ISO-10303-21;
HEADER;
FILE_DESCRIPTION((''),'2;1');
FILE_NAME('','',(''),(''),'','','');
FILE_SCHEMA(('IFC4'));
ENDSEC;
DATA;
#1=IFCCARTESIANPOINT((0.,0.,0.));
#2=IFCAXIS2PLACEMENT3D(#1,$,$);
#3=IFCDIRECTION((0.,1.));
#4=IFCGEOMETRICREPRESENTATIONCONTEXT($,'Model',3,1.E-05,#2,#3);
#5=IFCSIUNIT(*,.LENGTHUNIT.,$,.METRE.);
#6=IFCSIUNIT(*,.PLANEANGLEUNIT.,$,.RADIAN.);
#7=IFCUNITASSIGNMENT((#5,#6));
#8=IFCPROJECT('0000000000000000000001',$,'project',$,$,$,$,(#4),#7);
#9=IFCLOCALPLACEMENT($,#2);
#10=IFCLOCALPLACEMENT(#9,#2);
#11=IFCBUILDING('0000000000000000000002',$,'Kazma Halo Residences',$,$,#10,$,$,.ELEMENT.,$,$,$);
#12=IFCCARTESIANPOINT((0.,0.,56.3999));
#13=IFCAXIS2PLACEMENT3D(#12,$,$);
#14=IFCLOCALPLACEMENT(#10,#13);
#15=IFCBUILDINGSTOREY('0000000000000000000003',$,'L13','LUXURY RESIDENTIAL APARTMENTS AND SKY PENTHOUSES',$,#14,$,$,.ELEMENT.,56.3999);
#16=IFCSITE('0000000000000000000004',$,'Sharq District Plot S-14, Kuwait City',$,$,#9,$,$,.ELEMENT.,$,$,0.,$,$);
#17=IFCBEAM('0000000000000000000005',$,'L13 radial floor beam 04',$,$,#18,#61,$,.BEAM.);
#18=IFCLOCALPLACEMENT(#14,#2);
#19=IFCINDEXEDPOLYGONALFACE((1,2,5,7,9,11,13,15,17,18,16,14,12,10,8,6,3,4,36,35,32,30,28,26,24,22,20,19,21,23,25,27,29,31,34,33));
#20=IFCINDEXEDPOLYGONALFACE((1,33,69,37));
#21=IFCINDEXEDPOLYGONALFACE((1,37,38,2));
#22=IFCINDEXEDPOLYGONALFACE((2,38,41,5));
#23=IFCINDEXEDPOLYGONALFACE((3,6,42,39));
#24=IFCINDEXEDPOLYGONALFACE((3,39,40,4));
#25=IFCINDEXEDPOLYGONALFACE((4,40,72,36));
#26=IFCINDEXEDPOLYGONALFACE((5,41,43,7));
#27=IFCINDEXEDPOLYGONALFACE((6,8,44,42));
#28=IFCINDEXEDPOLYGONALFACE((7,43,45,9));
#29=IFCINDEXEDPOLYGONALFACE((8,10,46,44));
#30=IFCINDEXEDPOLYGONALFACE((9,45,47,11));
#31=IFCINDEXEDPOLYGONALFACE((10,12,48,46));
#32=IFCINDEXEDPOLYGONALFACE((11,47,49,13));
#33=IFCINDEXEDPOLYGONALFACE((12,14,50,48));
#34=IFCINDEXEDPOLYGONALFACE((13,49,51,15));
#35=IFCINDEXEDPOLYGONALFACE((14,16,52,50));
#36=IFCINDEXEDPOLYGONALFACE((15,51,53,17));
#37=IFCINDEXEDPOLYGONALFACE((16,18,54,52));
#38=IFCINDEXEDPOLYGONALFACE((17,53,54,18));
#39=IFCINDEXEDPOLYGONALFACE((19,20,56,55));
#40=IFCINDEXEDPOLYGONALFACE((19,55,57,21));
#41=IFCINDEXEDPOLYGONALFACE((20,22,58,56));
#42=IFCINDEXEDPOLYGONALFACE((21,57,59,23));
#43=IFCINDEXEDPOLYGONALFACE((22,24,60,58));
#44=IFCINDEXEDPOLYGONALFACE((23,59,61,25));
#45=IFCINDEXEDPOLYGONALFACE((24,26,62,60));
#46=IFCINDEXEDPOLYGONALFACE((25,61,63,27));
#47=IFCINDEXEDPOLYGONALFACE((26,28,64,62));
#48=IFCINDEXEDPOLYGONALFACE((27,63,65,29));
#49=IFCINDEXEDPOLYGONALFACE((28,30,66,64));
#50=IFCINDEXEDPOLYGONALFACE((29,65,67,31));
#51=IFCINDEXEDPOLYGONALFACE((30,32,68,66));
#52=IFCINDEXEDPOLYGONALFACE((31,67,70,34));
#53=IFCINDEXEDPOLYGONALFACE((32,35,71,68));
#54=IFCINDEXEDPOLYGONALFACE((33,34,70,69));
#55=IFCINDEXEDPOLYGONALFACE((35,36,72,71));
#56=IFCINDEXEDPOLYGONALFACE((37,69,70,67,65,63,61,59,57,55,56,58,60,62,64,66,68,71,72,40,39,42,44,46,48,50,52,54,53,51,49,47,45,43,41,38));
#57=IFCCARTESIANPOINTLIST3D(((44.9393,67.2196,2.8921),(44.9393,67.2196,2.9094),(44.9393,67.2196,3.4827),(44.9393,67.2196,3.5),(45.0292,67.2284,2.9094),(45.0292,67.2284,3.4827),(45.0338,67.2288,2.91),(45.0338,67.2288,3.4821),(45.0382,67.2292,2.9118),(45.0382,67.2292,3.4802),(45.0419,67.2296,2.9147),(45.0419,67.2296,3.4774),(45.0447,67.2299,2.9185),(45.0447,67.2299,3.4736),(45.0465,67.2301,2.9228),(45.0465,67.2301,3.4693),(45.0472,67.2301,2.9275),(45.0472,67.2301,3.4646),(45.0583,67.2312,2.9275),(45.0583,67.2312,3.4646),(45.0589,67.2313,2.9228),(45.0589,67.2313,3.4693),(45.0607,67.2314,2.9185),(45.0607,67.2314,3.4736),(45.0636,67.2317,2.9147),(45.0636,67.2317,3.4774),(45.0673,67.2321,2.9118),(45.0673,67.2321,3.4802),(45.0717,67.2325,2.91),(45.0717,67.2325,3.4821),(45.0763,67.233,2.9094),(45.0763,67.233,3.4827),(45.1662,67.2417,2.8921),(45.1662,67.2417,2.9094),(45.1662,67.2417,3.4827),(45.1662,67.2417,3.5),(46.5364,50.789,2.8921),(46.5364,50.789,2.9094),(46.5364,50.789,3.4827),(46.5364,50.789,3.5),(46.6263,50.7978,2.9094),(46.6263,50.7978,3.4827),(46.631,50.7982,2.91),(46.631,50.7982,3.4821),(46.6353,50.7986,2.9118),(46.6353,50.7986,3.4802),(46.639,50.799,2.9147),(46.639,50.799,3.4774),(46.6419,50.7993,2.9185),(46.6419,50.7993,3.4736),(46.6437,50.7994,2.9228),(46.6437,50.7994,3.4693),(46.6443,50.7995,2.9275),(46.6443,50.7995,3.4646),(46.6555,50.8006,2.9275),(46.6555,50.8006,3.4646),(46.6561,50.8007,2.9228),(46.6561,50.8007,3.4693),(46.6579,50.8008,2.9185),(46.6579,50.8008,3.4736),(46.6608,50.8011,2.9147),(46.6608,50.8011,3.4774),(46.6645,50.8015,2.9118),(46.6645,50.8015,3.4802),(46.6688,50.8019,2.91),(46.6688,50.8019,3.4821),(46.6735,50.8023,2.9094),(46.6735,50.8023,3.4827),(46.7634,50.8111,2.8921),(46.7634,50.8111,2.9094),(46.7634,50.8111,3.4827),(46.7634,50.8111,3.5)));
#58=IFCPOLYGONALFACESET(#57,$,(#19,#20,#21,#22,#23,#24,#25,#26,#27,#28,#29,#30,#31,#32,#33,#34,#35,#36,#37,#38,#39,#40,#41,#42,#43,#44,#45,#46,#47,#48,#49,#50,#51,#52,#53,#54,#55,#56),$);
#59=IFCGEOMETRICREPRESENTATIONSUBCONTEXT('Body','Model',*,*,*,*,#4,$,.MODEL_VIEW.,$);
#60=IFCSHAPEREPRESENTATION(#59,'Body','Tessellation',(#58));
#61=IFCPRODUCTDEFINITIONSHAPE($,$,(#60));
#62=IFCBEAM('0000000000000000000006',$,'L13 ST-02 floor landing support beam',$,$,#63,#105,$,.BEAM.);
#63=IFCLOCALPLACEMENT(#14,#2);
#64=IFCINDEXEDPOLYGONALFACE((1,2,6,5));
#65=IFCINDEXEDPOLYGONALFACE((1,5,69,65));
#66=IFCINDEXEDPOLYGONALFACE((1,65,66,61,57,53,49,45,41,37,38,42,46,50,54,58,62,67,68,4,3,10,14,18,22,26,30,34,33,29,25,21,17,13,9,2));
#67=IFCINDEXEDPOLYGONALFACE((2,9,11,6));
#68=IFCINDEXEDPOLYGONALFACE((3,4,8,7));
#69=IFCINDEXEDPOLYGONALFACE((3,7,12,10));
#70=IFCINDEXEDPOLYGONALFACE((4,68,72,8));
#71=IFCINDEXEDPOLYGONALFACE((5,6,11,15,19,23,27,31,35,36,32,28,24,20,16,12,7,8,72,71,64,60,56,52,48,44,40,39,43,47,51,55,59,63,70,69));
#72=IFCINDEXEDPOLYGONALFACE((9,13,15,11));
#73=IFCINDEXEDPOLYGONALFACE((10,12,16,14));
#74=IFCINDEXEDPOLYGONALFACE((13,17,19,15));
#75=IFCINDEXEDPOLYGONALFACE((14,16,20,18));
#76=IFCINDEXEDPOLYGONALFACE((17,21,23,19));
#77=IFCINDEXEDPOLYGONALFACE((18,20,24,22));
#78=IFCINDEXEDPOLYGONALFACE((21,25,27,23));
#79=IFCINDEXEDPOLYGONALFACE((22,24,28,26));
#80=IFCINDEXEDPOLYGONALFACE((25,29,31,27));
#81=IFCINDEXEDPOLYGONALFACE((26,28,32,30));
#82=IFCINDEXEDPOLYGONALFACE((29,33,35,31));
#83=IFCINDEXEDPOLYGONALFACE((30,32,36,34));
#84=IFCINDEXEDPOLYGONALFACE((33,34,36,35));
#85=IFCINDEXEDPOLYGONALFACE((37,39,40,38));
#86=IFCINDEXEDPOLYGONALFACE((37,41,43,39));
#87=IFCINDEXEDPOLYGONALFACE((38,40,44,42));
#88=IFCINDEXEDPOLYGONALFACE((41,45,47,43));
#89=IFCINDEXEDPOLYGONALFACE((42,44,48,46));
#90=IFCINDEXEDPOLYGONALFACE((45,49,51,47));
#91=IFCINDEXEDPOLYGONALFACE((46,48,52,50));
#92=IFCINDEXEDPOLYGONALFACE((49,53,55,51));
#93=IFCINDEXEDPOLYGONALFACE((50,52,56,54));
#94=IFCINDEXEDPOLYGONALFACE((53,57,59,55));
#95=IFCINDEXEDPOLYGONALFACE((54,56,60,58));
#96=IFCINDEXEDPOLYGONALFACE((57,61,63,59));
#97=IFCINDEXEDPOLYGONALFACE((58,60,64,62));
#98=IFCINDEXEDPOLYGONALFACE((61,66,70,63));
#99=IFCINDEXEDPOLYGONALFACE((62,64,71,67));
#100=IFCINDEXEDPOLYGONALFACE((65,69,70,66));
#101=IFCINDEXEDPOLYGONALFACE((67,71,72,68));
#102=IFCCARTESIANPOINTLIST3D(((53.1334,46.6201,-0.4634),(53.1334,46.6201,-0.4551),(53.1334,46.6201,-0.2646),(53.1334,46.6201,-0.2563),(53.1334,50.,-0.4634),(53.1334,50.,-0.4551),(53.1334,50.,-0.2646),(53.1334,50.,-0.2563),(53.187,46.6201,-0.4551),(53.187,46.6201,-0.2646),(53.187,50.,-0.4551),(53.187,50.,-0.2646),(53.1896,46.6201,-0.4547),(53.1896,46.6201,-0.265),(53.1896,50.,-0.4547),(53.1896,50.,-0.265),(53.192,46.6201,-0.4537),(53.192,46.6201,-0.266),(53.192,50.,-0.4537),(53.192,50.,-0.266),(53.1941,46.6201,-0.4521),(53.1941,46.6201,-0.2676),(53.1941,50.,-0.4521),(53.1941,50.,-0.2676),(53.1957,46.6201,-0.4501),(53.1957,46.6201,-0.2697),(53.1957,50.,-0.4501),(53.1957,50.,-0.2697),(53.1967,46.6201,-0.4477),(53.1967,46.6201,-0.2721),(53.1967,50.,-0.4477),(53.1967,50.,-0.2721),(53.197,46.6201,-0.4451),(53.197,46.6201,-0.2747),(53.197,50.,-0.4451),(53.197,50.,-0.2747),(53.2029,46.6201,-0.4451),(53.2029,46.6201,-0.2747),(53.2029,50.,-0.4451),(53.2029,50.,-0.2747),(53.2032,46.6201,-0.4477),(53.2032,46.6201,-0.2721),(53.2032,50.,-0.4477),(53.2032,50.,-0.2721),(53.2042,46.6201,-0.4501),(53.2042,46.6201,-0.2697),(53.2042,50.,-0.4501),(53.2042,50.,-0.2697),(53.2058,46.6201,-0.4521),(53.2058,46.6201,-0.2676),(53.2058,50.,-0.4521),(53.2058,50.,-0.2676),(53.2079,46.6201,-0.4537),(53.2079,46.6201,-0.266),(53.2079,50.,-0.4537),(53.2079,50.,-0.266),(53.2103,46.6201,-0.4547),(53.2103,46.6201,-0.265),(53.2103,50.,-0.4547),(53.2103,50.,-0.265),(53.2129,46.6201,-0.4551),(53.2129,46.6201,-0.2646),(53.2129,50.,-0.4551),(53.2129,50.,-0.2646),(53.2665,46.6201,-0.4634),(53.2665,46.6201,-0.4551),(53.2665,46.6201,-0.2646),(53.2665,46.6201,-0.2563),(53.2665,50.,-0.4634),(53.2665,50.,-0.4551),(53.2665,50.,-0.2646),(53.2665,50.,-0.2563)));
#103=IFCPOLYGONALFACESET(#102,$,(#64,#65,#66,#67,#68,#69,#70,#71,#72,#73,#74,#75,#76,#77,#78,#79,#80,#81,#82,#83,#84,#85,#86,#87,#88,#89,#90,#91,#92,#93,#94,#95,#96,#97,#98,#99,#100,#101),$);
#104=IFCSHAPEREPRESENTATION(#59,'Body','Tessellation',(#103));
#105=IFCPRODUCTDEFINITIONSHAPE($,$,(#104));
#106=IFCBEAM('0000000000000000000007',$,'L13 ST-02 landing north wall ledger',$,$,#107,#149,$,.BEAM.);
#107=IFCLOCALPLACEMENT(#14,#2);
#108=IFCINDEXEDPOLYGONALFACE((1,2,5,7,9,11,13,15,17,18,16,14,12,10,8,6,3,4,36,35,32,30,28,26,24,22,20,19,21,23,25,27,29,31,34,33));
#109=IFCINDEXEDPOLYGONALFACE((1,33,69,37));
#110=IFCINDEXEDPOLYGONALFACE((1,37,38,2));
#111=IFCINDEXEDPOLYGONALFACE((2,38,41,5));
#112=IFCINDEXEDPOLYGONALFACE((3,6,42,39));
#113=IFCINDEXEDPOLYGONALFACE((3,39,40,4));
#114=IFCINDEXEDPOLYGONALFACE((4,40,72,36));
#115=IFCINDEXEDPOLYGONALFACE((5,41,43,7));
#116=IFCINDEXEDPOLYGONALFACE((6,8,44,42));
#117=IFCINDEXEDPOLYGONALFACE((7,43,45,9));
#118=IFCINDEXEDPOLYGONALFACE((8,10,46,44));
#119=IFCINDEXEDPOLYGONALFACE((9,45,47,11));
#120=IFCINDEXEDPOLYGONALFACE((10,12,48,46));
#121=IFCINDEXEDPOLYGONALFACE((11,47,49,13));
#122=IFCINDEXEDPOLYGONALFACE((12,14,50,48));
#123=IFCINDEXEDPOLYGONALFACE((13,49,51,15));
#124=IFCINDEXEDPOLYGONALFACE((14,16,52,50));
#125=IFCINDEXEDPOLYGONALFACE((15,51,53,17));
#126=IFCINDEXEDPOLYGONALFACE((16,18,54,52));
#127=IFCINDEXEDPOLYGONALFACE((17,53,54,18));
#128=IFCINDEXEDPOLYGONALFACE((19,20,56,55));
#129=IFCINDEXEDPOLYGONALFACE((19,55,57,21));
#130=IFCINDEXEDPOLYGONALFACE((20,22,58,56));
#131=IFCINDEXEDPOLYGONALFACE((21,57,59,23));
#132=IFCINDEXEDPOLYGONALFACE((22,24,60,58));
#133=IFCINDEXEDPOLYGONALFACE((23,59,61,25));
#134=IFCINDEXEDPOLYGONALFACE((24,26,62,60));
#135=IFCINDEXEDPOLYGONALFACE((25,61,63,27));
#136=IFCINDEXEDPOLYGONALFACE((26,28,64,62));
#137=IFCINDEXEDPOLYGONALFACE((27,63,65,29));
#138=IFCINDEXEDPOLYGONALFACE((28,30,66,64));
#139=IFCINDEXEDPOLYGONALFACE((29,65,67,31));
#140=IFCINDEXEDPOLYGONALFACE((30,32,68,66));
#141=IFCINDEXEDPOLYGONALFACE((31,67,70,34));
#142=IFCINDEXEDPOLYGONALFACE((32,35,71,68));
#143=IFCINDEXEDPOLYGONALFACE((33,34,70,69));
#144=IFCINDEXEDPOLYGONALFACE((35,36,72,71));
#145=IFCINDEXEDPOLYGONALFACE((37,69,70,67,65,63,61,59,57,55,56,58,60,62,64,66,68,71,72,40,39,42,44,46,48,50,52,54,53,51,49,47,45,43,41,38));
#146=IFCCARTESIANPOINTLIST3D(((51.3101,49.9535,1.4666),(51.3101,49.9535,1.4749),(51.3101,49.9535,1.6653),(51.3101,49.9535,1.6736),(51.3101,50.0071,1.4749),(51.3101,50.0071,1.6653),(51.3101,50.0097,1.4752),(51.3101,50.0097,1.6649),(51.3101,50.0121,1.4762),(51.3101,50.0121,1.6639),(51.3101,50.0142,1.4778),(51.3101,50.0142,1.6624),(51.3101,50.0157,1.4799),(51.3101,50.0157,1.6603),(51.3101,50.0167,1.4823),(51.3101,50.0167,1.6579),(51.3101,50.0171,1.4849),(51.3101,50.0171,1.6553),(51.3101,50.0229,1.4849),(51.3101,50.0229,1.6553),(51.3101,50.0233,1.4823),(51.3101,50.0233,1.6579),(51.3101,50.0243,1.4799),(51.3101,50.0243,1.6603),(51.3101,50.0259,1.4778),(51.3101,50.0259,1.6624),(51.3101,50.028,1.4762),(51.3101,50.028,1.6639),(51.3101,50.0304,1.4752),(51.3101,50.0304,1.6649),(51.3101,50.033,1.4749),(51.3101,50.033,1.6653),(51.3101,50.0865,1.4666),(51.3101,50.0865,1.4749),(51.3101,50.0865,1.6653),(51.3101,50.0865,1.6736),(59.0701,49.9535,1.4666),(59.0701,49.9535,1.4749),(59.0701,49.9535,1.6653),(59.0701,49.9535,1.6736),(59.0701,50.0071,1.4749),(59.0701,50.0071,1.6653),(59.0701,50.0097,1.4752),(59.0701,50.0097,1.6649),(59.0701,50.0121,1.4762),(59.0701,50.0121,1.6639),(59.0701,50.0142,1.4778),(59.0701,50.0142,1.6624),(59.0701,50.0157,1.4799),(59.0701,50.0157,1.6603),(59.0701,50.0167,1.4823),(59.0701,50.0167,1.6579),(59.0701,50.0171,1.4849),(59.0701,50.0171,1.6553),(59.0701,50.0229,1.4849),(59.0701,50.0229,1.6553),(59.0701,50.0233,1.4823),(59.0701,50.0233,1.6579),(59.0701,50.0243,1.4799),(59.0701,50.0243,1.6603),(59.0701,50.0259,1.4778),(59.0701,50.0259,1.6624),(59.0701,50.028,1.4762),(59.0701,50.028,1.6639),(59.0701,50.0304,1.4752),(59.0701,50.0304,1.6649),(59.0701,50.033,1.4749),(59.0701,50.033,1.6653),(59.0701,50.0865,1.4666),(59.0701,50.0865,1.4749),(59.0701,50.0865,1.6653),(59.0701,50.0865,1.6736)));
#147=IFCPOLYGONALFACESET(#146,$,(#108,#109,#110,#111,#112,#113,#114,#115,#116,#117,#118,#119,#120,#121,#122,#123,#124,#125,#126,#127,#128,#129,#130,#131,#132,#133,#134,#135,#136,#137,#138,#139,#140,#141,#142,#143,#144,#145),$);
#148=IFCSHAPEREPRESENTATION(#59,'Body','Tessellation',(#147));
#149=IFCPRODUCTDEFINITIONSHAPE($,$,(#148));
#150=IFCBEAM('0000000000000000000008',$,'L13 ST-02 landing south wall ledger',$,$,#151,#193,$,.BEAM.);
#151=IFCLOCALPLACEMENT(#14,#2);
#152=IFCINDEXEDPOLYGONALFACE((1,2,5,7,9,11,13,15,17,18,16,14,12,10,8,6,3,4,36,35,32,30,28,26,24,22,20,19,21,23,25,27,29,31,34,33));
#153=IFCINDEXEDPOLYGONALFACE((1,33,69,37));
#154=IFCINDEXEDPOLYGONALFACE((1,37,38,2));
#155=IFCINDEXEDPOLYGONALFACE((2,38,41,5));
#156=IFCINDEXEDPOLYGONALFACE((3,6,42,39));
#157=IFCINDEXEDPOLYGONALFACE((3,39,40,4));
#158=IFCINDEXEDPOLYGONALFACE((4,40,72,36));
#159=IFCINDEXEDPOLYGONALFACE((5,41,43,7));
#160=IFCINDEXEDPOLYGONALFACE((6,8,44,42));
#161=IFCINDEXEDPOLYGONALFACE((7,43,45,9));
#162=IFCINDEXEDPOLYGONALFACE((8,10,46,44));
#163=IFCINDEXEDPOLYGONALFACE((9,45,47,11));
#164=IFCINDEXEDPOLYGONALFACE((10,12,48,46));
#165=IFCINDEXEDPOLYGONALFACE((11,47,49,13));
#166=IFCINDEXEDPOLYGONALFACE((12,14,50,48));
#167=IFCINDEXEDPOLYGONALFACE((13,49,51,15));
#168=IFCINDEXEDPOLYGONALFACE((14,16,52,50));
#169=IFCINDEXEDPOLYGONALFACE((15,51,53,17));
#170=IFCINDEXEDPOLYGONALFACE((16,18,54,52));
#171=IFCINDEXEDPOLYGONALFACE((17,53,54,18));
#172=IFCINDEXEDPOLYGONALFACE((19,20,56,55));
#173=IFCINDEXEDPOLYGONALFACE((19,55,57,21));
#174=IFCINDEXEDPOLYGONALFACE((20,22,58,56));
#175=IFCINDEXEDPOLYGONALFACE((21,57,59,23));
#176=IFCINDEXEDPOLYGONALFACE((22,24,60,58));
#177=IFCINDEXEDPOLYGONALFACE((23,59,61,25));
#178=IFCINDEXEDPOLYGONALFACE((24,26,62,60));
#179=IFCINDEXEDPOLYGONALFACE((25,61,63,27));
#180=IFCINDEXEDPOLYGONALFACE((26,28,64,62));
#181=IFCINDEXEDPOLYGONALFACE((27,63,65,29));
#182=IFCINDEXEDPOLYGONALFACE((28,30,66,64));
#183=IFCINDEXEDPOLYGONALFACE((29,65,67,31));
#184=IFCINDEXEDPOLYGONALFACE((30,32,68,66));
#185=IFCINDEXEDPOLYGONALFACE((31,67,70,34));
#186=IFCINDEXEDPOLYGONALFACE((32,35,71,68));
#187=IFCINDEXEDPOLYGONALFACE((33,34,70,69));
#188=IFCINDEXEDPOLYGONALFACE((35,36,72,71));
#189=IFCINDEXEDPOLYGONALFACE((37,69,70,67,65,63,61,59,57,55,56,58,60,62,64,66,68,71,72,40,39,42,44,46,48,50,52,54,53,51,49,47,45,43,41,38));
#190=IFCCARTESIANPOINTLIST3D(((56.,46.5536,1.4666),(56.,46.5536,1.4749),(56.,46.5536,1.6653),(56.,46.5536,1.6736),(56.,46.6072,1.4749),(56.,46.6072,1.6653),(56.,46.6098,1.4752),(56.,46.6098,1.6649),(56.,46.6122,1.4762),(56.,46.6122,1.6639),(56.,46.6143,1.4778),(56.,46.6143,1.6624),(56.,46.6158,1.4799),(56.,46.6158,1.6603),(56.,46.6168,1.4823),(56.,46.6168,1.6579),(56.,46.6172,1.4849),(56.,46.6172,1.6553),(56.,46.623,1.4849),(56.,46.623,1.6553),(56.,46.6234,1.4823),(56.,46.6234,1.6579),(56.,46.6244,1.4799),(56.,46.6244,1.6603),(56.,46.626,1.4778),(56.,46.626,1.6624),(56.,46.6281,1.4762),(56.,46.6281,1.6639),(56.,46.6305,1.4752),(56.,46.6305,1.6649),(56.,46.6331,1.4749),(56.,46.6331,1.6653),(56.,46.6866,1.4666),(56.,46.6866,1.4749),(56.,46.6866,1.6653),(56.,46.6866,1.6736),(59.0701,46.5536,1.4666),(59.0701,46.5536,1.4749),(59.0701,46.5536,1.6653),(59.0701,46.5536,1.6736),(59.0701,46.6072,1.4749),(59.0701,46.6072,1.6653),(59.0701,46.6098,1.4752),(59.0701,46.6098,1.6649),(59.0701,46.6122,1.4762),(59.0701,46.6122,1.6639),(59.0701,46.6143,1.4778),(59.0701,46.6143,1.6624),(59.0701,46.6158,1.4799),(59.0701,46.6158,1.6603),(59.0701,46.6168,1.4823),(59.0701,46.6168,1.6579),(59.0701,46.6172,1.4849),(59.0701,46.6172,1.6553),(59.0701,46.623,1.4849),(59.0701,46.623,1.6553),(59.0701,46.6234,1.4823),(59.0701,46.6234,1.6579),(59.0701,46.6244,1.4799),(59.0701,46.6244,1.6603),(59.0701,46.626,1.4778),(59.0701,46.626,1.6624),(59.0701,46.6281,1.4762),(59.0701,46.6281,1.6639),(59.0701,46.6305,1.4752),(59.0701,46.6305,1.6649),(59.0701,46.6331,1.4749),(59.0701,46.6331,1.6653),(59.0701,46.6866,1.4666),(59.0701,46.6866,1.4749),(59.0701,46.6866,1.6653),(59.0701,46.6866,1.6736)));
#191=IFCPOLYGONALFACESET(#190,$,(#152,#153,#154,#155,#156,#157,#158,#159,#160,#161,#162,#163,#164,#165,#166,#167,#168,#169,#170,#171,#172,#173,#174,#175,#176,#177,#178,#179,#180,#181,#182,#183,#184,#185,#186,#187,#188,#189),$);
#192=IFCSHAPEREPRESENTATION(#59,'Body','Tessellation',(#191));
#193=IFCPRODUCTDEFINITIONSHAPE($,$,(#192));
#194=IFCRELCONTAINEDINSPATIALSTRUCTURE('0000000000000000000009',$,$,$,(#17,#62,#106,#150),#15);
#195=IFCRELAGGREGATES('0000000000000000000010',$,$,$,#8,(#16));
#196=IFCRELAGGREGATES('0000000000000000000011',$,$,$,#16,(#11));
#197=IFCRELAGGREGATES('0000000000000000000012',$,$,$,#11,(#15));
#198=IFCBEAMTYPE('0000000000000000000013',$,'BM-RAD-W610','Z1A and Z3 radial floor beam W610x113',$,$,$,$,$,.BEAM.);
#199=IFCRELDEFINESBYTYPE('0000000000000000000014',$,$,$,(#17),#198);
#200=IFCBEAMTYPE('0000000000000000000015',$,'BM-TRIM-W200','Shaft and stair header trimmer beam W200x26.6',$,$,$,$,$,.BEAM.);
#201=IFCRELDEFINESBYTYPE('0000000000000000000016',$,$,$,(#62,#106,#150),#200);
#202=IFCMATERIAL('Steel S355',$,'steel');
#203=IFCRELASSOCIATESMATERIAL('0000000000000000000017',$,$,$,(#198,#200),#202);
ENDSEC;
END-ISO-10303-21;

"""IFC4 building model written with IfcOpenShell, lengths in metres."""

from ifc_helpers import new_model, si_unit, direction, frame, origin, origin_2d, place, context, subcontext, project, spatial, i_section, extrude, material, material_profile, profile_set, type_object, element, save


model = new_model("IFC4")

# Units and contexts
model_context = context("Model", 3, precision=1e-05, world=origin(), true_north=direction((0.0, 1.0)))
body_context = subcontext(model_context, "Body", "Model", "MODEL_VIEW")
ifc_project = project(units=[si_unit("LENGTHUNIT", "METRE"), si_unit("PLANEANGLEUNIT", "RADIAN")], contexts=[model_context])

# Site, building, storey
site_placement = place(None, origin())
site = spatial("IfcSite", under=ifc_project, at=site_placement, Name="Sharq District Plot S-14, Kuwait City", CompositionType="ELEMENT", RefElevation=0.0)
building_placement = place(site_placement, origin())
building = spatial("IfcBuilding", under=site, at=building_placement, Name="Kazma Halo Residences", CompositionType="ELEMENT")
storey_placement = place(building_placement, frame((0.0, 0.0, 56.3999)))
storey = spatial("IfcBuildingStorey", under=building, at=storey_placement, Name="L13", Description="LUXURY RESIDENTIAL APARTMENTS AND SKY PENTHOUSES", CompositionType="ELEMENT", Elevation=56.3999)

# Shared definitions
ifc_material_1 = material(Name="Steel S355", Category="steel")

# Beams
ifc_material_profile_1 = material_profile(ifc_material_1, i_section(OverallWidth=0.228, OverallDepth=0.6079, WebThickness=0.0112, FlangeThickness=0.0173, FilletRadius=0.0181, at=origin_2d()), Name="W610x113")
ifc_profile_set_1 = profile_set([ifc_material_profile_1], Name="Steel S355")
beam_type_1 = type_object("IfcBeamType", Name="BM-RAD-W610", Description="Z1A and Z3 radial floor beam W610x113", PredefinedType="BEAM", material=ifc_profile_set_1)
beam_1_placement = place(storey_placement, frame((46.6499, 50.8, 3.196), z_axis=(-0.096751, 0.995309, 0.0), x_axis=(-0.995309, -0.096751, 0.0)))
element("IfcBeam", 1, at=beam_1_placement, inside=storey, type_object=beam_type_1, Name="L13 radial floor beam 04", PredefinedType="BEAM", context=body_context, shape_type="SweptSolid", body=[
    extrude(i_section(OverallWidth=0.228, OverallDepth=0.6079, WebThickness=0.0112, FlangeThickness=0.0173, FilletRadius=0.0181, at=origin_2d()), origin(), (0.0, 0.0, 1.0), 16.5081),
])
ifc_material_profile_2 = material_profile(ifc_material_1, i_section(OverallWidth=0.1331, OverallDepth=0.207, WebThickness=0.0059, FlangeThickness=0.0083, FilletRadius=0.01, at=origin_2d()), Name="W200x26.6")
ifc_profile_set_2 = profile_set([ifc_material_profile_2], Name="Steel S355")
beam_type_2 = type_object("IfcBeamType", Name="BM-TRIM-W200", Description="Shaft and stair header trimmer beam W200x26.6", PredefinedType="BEAM", material=ifc_profile_set_2)
beam_2_placement = place(storey_placement, frame((53.2, 46.6201, -0.3599), z_axis=(0.0, 1.0, 0.0), x_axis=(-1.0, 0.0, 0.0)))
element("IfcBeam", 2, at=beam_2_placement, inside=storey, type_object=beam_type_2, Name="L13 ST-02 floor landing support beam", PredefinedType="BEAM", context=body_context, shape_type="SweptSolid", body=[
    extrude(i_section(OverallWidth=0.1331, OverallDepth=0.207, WebThickness=0.0059, FlangeThickness=0.0083, FilletRadius=0.01, at=origin_2d()), origin(), (0.0, 0.0, 1.0), 3.3799),
])
beam_3_placement = place(storey_placement, frame((51.3101, 50.02, 1.5701), z_axis=(1.0, 0.0, 0.0), x_axis=(0.0, 1.0, 0.0)))
element("IfcBeam", 3, at=beam_3_placement, inside=storey, type_object=beam_type_2, Name="L13 ST-02 landing north wall ledger", PredefinedType="BEAM", context=body_context, shape_type="SweptSolid", body=[
    extrude(i_section(OverallWidth=0.1331, OverallDepth=0.207, WebThickness=0.0059, FlangeThickness=0.0083, FilletRadius=0.01, at=origin_2d()), origin(), (0.0, 0.0, 1.0), 7.76),
])
beam_4_placement = place(storey_placement, frame((56.0, 46.6201, 1.5701), z_axis=(1.0, 0.0, 0.0), x_axis=(0.0, 1.0, 0.0)))
element("IfcBeam", 4, at=beam_4_placement, inside=storey, type_object=beam_type_2, Name="L13 ST-02 landing south wall ledger", PredefinedType="BEAM", context=body_context, shape_type="SweptSolid", body=[
    extrude(i_section(OverallWidth=0.1331, OverallDepth=0.207, WebThickness=0.0059, FlangeThickness=0.0083, FilletRadius=0.01, at=origin_2d()), origin(), (0.0, 0.0, 1.0), 3.0701),
])

save(model, "model.ifc")
